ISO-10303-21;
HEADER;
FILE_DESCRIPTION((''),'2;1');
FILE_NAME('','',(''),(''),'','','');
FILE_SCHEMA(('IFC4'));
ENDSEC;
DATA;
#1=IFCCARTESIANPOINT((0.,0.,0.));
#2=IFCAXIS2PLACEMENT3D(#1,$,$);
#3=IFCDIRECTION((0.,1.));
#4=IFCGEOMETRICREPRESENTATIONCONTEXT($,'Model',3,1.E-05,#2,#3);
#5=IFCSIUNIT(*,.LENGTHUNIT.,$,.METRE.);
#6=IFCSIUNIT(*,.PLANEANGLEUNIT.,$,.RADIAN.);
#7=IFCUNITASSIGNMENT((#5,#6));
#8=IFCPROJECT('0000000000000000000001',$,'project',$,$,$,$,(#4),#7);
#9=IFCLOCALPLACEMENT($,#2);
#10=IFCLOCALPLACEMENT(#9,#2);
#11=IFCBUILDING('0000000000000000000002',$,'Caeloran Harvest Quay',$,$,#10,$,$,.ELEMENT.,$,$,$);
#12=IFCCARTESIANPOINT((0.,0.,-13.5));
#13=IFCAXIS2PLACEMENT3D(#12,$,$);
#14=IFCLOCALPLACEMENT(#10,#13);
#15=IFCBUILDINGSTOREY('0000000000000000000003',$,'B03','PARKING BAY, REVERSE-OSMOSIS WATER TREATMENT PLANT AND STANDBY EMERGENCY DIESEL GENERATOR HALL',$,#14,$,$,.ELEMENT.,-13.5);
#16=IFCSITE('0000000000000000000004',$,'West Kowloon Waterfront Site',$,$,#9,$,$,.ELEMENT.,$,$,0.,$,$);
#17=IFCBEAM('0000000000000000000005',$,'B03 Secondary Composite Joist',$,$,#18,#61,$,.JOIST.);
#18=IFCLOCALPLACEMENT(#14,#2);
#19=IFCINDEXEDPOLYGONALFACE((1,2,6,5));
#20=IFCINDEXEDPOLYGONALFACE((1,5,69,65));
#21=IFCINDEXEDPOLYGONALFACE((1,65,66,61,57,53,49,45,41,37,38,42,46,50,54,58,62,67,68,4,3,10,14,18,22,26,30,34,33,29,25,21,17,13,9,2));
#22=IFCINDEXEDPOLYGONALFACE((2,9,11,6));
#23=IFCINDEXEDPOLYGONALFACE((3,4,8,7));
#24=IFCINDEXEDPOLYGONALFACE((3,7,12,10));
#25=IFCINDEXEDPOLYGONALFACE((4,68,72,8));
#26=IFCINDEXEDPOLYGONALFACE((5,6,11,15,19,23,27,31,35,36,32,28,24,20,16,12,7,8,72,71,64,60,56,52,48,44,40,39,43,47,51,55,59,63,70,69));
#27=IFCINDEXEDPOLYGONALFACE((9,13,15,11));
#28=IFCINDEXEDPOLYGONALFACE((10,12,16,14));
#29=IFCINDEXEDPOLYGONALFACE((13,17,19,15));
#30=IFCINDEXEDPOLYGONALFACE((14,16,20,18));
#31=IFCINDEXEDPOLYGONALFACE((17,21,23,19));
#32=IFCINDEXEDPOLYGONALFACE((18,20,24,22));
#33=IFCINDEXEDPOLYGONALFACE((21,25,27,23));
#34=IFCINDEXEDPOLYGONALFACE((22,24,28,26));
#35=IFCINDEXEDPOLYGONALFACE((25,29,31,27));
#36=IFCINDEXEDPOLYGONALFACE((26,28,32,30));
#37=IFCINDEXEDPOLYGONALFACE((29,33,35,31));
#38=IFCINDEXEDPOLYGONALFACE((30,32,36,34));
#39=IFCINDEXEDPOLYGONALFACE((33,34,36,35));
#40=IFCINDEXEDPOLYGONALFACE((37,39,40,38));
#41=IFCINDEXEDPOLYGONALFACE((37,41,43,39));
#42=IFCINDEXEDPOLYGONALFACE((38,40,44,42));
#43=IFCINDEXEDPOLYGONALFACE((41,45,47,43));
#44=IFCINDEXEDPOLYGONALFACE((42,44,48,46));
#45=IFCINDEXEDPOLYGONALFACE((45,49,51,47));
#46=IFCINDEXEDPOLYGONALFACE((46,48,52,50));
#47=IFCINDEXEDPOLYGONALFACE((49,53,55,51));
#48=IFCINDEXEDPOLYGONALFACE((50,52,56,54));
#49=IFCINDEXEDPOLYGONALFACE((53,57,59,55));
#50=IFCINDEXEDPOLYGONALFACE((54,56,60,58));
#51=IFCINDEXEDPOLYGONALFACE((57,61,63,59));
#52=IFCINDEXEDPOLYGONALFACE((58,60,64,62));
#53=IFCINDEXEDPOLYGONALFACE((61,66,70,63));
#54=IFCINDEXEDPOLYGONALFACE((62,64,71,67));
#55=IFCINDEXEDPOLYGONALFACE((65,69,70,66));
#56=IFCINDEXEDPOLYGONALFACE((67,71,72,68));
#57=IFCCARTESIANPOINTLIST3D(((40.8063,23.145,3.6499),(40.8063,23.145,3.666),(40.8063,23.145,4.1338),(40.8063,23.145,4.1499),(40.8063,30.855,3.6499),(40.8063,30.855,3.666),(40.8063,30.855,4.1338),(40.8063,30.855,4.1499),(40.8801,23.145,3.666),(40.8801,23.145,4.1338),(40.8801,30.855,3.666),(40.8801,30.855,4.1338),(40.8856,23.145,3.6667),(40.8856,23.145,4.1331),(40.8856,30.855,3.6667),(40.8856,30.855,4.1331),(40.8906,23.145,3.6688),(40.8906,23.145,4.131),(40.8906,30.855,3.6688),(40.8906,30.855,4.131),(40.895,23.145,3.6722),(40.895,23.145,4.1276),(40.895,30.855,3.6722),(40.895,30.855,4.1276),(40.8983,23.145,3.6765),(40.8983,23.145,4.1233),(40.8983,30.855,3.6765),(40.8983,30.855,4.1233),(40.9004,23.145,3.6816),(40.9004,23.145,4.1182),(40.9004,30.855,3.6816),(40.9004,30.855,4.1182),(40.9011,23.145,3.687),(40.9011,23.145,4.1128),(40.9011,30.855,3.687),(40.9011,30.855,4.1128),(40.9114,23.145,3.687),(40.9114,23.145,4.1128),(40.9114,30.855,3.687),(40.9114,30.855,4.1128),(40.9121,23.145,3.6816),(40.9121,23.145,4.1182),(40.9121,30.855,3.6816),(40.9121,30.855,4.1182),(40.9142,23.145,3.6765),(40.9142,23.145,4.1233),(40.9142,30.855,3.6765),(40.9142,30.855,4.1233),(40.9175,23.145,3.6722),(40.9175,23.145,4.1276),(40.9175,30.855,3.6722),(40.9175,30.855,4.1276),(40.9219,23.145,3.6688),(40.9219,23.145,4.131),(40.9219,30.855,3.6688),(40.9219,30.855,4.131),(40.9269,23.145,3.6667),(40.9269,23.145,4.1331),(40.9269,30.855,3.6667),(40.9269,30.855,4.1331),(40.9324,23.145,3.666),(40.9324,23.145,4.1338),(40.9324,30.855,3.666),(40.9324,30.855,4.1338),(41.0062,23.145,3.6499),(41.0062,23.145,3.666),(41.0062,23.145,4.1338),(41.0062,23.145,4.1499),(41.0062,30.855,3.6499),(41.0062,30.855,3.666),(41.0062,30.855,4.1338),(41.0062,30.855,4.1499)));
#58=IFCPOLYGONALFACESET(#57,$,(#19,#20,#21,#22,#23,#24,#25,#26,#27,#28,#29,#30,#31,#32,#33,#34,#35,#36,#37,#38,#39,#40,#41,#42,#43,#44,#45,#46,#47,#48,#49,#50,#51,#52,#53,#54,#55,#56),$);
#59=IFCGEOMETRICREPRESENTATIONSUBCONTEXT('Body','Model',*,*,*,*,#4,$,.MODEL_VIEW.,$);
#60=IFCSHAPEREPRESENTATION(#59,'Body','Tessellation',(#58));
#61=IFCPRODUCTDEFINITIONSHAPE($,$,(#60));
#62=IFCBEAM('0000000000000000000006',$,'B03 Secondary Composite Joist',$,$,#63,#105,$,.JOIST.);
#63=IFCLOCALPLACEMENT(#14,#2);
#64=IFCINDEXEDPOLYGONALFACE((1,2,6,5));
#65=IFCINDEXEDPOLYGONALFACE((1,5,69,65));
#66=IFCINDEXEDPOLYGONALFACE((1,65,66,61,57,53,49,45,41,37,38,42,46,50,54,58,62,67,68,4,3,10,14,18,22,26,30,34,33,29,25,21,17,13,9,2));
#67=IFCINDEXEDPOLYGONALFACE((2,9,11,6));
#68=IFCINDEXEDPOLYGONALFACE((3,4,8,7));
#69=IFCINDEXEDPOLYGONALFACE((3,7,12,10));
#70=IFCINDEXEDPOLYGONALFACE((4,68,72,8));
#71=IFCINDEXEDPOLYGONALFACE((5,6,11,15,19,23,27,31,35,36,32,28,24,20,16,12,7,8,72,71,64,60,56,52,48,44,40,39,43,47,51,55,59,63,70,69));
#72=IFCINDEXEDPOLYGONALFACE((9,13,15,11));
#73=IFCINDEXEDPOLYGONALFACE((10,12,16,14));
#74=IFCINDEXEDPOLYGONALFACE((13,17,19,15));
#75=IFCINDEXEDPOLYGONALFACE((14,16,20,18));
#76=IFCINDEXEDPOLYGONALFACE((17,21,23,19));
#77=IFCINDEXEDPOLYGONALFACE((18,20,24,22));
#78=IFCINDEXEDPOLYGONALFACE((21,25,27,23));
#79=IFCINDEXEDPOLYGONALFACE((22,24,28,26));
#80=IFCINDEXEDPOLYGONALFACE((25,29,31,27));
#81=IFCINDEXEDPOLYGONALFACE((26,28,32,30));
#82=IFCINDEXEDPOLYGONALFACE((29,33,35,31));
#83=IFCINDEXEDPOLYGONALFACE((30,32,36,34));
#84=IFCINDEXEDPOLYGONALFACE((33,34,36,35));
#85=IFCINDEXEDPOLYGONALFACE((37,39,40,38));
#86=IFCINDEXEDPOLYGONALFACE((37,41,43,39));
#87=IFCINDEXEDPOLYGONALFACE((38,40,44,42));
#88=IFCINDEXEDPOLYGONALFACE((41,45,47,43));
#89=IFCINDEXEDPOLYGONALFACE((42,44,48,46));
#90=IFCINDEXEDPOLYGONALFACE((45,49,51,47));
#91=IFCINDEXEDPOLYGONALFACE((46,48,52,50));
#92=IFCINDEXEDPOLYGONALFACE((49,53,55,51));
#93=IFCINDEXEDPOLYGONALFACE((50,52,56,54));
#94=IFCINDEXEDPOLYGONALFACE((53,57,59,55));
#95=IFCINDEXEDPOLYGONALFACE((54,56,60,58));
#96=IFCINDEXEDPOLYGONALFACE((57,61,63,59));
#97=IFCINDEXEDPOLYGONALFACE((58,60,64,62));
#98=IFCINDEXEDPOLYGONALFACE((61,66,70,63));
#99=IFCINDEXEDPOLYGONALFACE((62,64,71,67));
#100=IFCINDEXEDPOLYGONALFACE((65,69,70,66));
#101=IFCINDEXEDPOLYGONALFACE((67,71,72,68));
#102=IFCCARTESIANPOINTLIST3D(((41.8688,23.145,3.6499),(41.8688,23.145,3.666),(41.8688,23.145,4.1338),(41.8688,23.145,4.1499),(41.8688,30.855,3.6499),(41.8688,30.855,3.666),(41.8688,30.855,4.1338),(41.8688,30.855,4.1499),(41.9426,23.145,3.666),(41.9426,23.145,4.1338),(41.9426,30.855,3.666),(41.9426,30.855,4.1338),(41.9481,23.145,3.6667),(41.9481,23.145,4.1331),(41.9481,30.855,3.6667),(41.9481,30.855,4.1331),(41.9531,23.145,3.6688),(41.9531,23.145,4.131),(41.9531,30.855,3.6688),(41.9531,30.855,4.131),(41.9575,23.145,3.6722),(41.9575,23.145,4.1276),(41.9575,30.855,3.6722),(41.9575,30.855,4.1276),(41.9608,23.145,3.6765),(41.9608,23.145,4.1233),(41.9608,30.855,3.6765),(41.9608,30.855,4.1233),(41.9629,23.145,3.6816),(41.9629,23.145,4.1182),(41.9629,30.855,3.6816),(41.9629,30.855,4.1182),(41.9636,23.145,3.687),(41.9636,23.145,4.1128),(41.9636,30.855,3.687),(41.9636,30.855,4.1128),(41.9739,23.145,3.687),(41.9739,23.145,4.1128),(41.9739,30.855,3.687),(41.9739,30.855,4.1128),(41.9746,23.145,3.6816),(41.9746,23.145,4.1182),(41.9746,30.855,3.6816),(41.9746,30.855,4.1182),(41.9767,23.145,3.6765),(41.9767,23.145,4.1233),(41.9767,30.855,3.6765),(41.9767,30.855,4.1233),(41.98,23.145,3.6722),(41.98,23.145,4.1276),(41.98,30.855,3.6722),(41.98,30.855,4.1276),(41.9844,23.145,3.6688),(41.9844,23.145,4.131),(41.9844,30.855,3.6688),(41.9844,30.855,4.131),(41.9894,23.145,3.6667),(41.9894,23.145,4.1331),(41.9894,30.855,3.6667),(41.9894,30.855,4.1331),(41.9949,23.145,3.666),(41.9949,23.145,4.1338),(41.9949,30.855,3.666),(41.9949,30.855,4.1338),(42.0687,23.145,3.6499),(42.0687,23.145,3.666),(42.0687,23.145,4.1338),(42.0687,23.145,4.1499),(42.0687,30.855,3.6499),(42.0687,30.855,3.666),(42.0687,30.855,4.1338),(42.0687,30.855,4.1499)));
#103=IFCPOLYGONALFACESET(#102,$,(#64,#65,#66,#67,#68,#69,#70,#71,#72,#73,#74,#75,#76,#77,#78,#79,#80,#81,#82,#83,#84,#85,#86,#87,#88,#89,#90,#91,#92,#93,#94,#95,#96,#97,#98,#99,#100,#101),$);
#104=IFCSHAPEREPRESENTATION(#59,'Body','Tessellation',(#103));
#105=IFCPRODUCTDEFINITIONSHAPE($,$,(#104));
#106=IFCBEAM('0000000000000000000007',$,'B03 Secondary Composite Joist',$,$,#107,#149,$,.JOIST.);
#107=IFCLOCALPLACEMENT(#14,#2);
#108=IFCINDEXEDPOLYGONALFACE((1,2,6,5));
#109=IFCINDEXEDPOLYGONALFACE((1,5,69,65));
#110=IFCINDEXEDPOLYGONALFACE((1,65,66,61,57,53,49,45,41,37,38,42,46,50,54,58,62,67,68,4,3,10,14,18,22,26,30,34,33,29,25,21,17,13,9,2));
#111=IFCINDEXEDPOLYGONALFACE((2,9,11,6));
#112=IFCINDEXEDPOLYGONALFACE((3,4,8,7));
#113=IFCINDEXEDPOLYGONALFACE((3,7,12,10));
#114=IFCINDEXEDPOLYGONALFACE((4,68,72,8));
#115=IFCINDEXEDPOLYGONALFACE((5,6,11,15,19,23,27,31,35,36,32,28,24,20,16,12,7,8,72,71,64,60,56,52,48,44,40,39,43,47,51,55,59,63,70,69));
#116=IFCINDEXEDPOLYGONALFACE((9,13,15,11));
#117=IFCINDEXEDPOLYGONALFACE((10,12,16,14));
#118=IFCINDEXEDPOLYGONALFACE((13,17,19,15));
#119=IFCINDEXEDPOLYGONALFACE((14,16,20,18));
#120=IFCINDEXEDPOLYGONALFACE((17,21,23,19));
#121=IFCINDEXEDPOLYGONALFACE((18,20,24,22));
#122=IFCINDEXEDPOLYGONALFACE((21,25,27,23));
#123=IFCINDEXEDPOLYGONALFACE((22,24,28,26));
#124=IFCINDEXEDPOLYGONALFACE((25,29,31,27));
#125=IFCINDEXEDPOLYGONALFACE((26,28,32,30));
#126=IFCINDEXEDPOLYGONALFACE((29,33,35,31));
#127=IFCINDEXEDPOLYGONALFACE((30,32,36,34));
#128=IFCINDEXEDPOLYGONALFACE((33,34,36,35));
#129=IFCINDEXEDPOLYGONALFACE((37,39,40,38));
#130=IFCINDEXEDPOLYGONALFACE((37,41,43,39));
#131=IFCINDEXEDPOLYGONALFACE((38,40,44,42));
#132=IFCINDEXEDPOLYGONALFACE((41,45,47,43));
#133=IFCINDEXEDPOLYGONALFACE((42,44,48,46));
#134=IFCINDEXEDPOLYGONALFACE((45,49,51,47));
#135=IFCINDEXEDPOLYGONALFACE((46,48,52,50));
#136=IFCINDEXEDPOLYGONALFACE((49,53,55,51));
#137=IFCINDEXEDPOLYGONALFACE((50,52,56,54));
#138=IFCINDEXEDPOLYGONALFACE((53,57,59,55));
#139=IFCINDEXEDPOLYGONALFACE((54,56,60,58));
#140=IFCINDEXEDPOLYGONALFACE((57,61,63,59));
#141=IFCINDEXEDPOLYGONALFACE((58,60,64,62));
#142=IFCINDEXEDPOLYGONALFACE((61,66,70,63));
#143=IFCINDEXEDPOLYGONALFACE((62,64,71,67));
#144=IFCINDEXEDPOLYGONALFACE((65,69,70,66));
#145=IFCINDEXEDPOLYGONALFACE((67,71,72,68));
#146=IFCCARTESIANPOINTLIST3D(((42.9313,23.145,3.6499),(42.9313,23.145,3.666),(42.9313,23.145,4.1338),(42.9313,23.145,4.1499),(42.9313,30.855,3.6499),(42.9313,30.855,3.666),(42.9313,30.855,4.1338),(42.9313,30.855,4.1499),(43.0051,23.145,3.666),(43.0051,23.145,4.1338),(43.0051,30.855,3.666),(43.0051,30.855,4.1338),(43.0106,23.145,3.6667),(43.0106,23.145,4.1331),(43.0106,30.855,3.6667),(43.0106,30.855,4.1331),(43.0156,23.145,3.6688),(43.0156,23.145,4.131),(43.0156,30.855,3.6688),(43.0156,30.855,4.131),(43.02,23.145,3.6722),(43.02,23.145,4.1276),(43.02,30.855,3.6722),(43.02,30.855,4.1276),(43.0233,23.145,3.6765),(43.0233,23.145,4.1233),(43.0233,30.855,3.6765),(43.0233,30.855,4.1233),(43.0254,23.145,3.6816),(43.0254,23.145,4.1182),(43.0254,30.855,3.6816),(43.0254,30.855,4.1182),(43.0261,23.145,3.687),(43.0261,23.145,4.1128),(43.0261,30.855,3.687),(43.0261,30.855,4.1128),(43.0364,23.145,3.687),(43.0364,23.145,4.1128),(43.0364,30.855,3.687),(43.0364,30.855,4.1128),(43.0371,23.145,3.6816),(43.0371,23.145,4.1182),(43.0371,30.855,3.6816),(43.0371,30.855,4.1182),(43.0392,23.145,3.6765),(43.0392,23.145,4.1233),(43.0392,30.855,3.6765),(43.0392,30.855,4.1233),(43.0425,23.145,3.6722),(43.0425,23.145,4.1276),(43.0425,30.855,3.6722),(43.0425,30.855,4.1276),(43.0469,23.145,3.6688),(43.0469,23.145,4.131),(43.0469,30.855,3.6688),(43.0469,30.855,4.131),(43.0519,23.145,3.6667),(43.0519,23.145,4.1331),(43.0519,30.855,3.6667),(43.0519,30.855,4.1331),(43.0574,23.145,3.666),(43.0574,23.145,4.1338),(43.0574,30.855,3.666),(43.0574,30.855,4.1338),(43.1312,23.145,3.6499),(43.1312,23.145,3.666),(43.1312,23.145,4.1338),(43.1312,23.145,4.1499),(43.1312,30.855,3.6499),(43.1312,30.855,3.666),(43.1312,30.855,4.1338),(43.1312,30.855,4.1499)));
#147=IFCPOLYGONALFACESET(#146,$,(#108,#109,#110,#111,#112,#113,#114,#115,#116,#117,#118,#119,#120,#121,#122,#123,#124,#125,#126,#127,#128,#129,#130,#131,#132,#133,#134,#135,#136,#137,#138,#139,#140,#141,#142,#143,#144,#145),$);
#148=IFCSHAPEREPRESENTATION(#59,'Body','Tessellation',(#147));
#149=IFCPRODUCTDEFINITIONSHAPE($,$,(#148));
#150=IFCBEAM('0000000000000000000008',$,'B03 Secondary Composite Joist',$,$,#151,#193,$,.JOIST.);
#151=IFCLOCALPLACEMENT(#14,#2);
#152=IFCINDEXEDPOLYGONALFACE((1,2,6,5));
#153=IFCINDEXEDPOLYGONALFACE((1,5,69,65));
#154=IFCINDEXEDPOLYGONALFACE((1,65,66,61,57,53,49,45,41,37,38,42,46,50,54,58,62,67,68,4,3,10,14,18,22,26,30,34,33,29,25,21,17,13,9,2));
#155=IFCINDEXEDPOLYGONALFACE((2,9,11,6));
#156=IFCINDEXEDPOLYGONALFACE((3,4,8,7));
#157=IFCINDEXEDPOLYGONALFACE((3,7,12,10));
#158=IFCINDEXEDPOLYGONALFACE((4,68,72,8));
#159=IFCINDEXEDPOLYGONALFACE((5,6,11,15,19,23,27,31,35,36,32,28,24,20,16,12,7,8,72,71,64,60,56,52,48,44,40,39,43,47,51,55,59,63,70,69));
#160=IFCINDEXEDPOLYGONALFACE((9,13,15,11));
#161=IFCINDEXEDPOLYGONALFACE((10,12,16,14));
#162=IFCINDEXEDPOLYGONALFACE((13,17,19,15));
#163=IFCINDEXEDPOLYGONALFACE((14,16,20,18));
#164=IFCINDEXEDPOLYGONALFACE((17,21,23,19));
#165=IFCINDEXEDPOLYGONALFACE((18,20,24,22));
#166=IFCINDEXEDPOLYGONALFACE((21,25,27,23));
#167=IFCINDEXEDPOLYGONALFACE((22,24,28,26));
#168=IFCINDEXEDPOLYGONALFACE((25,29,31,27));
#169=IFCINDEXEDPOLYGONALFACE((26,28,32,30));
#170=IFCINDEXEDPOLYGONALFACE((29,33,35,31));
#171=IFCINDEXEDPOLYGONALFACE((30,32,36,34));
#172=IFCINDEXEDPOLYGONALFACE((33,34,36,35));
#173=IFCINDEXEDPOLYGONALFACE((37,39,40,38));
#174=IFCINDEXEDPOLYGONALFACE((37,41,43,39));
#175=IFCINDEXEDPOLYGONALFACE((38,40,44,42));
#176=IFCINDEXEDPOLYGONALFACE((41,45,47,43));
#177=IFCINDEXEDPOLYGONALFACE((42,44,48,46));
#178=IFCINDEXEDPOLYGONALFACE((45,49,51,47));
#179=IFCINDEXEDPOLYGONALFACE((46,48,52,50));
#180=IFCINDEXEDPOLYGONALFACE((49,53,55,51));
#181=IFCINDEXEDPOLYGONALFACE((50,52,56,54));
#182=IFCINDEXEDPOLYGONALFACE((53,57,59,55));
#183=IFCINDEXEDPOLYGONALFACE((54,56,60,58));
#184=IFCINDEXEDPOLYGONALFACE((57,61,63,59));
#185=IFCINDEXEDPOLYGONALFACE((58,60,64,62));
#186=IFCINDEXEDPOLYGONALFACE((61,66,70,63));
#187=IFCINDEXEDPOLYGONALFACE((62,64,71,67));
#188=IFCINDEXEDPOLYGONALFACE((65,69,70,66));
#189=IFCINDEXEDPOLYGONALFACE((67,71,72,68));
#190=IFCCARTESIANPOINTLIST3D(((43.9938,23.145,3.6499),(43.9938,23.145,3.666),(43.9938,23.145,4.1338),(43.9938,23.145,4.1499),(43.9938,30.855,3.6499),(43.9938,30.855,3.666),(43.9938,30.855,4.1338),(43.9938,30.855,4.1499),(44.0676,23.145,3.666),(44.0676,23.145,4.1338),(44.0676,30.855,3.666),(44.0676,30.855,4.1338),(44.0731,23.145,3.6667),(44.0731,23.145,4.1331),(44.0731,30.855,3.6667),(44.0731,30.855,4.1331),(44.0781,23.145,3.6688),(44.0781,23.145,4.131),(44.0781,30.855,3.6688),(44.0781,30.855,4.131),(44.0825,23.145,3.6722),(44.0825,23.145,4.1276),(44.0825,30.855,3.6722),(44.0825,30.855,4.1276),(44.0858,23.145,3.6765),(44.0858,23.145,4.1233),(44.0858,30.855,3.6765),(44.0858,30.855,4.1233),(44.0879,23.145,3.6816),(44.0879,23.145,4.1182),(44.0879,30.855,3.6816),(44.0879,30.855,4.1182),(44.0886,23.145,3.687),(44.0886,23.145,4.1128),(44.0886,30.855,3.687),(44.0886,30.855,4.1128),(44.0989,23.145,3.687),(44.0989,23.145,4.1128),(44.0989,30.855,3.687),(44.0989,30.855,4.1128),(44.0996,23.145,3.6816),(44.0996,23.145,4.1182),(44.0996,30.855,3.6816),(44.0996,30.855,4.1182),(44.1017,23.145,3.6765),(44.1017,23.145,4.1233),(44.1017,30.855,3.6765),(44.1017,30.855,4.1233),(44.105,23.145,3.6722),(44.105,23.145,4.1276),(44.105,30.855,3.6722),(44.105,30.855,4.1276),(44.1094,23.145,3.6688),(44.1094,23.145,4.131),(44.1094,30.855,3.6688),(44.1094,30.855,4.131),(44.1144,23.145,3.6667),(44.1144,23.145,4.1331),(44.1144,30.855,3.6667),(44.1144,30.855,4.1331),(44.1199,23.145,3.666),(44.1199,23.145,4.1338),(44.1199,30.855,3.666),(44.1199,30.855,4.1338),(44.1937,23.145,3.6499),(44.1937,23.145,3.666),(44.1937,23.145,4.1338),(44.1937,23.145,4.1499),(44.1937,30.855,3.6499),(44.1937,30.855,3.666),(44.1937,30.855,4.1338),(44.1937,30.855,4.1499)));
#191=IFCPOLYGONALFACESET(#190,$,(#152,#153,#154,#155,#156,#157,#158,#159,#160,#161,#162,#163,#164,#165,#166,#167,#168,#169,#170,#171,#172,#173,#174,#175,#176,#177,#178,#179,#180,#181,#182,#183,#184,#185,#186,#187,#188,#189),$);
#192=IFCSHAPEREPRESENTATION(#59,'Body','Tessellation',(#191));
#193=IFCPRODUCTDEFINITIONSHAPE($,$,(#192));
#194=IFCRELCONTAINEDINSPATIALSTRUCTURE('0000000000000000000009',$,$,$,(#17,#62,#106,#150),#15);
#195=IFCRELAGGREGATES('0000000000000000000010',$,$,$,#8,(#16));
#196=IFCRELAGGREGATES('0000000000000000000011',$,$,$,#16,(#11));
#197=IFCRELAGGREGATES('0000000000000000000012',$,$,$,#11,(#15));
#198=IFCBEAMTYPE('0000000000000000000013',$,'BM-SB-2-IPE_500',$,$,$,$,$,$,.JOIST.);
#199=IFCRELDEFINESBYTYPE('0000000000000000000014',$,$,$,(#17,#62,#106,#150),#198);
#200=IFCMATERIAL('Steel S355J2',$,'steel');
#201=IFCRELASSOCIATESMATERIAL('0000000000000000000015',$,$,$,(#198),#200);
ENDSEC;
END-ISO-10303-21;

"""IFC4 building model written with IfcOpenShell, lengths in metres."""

from ifc_helpers import new_model, si_unit, direction, frame, origin, origin_2d, place, context, subcontext, project, spatial, i_section, extrude, material, material_profile, profile_set, type_object, element, save


model = new_model("IFC4")

# Units and contexts
model_context = context("Model", 3, precision=1e-05, world=origin(), true_north=direction((0.0, 1.0)))
body_context = subcontext(model_context, "Body", "Model", "MODEL_VIEW")
ifc_project = project(units=[si_unit("LENGTHUNIT", "METRE"), si_unit("PLANEANGLEUNIT", "RADIAN")], contexts=[model_context])

# Site, building, storey
site_placement = place(None, origin())
site = spatial("IfcSite", under=ifc_project, at=site_placement, Name="West Kowloon Waterfront Site", CompositionType="ELEMENT", RefElevation=0.0)
building_placement = place(site_placement, origin())
building = spatial("IfcBuilding", under=site, at=building_placement, Name="Caeloran Harvest Quay", CompositionType="ELEMENT")
storey_placement = place(building_placement, frame((0.0, 0.0, -13.5)))
storey = spatial("IfcBuildingStorey", under=building, at=storey_placement, Name="B03", Description="PARKING BAY, REVERSE-OSMOSIS WATER TREATMENT PLANT AND STANDBY EMERGENCY DIESEL GENERATOR HALL", CompositionType="ELEMENT", Elevation=-13.5)

# Beams
ifc_material_1 = material(Name="Steel S355J2", Category="steel")
ifc_material_profile_1 = material_profile(ifc_material_1, i_section(OverallWidth=0.2, OverallDepth=0.5, WebThickness=0.0103, FlangeThickness=0.0161, FilletRadius=0.021, at=origin_2d()), Name="IPE 500")
ifc_profile_set_1 = profile_set([ifc_material_profile_1], Name="Steel S355J2")
beam_type_1 = type_object("IfcBeamType", Name="BM-SB-2-IPE_500", PredefinedType="JOIST", material=ifc_profile_set_1)
for number, where, z_axis, x_axis, name in (
    (1, (40.9062, 23.145, 3.8999), (0.0, 1.0, 0.0), (-1.0, 0.0, 0.0), "B03 Secondary Composite Joist"),
    (2, (41.9688, 23.145, 3.8999), (0.0, 1.0, 0.0), (-1.0, 0.0, 0.0), "B03 Secondary Composite Joist"),
    (3, (43.0312, 23.145, 3.8999), (0.0, 1.0, 0.0), (-1.0, 0.0, 0.0), "B03 Secondary Composite Joist"),
    (4, (44.0938, 23.145, 3.8999), (0.0, 1.0, 0.0), (-1.0, 0.0, 0.0), "B03 Secondary Composite Joist"),
):
    element("IfcBeam", number, at=place(storey_placement, frame(where, z_axis=z_axis, x_axis=x_axis)), inside=storey, type_object=beam_type_1, Name=name, PredefinedType="JOIST", context=body_context, shape_type="SweptSolid", body=[
        extrude(i_section(OverallWidth=0.2, OverallDepth=0.5, WebThickness=0.0103, FlangeThickness=0.0161, FilletRadius=0.021, at=origin_2d()), origin(), (0.0, 0.0, 1.0), 7.71),
    ])

save(model, "model.ifc")
